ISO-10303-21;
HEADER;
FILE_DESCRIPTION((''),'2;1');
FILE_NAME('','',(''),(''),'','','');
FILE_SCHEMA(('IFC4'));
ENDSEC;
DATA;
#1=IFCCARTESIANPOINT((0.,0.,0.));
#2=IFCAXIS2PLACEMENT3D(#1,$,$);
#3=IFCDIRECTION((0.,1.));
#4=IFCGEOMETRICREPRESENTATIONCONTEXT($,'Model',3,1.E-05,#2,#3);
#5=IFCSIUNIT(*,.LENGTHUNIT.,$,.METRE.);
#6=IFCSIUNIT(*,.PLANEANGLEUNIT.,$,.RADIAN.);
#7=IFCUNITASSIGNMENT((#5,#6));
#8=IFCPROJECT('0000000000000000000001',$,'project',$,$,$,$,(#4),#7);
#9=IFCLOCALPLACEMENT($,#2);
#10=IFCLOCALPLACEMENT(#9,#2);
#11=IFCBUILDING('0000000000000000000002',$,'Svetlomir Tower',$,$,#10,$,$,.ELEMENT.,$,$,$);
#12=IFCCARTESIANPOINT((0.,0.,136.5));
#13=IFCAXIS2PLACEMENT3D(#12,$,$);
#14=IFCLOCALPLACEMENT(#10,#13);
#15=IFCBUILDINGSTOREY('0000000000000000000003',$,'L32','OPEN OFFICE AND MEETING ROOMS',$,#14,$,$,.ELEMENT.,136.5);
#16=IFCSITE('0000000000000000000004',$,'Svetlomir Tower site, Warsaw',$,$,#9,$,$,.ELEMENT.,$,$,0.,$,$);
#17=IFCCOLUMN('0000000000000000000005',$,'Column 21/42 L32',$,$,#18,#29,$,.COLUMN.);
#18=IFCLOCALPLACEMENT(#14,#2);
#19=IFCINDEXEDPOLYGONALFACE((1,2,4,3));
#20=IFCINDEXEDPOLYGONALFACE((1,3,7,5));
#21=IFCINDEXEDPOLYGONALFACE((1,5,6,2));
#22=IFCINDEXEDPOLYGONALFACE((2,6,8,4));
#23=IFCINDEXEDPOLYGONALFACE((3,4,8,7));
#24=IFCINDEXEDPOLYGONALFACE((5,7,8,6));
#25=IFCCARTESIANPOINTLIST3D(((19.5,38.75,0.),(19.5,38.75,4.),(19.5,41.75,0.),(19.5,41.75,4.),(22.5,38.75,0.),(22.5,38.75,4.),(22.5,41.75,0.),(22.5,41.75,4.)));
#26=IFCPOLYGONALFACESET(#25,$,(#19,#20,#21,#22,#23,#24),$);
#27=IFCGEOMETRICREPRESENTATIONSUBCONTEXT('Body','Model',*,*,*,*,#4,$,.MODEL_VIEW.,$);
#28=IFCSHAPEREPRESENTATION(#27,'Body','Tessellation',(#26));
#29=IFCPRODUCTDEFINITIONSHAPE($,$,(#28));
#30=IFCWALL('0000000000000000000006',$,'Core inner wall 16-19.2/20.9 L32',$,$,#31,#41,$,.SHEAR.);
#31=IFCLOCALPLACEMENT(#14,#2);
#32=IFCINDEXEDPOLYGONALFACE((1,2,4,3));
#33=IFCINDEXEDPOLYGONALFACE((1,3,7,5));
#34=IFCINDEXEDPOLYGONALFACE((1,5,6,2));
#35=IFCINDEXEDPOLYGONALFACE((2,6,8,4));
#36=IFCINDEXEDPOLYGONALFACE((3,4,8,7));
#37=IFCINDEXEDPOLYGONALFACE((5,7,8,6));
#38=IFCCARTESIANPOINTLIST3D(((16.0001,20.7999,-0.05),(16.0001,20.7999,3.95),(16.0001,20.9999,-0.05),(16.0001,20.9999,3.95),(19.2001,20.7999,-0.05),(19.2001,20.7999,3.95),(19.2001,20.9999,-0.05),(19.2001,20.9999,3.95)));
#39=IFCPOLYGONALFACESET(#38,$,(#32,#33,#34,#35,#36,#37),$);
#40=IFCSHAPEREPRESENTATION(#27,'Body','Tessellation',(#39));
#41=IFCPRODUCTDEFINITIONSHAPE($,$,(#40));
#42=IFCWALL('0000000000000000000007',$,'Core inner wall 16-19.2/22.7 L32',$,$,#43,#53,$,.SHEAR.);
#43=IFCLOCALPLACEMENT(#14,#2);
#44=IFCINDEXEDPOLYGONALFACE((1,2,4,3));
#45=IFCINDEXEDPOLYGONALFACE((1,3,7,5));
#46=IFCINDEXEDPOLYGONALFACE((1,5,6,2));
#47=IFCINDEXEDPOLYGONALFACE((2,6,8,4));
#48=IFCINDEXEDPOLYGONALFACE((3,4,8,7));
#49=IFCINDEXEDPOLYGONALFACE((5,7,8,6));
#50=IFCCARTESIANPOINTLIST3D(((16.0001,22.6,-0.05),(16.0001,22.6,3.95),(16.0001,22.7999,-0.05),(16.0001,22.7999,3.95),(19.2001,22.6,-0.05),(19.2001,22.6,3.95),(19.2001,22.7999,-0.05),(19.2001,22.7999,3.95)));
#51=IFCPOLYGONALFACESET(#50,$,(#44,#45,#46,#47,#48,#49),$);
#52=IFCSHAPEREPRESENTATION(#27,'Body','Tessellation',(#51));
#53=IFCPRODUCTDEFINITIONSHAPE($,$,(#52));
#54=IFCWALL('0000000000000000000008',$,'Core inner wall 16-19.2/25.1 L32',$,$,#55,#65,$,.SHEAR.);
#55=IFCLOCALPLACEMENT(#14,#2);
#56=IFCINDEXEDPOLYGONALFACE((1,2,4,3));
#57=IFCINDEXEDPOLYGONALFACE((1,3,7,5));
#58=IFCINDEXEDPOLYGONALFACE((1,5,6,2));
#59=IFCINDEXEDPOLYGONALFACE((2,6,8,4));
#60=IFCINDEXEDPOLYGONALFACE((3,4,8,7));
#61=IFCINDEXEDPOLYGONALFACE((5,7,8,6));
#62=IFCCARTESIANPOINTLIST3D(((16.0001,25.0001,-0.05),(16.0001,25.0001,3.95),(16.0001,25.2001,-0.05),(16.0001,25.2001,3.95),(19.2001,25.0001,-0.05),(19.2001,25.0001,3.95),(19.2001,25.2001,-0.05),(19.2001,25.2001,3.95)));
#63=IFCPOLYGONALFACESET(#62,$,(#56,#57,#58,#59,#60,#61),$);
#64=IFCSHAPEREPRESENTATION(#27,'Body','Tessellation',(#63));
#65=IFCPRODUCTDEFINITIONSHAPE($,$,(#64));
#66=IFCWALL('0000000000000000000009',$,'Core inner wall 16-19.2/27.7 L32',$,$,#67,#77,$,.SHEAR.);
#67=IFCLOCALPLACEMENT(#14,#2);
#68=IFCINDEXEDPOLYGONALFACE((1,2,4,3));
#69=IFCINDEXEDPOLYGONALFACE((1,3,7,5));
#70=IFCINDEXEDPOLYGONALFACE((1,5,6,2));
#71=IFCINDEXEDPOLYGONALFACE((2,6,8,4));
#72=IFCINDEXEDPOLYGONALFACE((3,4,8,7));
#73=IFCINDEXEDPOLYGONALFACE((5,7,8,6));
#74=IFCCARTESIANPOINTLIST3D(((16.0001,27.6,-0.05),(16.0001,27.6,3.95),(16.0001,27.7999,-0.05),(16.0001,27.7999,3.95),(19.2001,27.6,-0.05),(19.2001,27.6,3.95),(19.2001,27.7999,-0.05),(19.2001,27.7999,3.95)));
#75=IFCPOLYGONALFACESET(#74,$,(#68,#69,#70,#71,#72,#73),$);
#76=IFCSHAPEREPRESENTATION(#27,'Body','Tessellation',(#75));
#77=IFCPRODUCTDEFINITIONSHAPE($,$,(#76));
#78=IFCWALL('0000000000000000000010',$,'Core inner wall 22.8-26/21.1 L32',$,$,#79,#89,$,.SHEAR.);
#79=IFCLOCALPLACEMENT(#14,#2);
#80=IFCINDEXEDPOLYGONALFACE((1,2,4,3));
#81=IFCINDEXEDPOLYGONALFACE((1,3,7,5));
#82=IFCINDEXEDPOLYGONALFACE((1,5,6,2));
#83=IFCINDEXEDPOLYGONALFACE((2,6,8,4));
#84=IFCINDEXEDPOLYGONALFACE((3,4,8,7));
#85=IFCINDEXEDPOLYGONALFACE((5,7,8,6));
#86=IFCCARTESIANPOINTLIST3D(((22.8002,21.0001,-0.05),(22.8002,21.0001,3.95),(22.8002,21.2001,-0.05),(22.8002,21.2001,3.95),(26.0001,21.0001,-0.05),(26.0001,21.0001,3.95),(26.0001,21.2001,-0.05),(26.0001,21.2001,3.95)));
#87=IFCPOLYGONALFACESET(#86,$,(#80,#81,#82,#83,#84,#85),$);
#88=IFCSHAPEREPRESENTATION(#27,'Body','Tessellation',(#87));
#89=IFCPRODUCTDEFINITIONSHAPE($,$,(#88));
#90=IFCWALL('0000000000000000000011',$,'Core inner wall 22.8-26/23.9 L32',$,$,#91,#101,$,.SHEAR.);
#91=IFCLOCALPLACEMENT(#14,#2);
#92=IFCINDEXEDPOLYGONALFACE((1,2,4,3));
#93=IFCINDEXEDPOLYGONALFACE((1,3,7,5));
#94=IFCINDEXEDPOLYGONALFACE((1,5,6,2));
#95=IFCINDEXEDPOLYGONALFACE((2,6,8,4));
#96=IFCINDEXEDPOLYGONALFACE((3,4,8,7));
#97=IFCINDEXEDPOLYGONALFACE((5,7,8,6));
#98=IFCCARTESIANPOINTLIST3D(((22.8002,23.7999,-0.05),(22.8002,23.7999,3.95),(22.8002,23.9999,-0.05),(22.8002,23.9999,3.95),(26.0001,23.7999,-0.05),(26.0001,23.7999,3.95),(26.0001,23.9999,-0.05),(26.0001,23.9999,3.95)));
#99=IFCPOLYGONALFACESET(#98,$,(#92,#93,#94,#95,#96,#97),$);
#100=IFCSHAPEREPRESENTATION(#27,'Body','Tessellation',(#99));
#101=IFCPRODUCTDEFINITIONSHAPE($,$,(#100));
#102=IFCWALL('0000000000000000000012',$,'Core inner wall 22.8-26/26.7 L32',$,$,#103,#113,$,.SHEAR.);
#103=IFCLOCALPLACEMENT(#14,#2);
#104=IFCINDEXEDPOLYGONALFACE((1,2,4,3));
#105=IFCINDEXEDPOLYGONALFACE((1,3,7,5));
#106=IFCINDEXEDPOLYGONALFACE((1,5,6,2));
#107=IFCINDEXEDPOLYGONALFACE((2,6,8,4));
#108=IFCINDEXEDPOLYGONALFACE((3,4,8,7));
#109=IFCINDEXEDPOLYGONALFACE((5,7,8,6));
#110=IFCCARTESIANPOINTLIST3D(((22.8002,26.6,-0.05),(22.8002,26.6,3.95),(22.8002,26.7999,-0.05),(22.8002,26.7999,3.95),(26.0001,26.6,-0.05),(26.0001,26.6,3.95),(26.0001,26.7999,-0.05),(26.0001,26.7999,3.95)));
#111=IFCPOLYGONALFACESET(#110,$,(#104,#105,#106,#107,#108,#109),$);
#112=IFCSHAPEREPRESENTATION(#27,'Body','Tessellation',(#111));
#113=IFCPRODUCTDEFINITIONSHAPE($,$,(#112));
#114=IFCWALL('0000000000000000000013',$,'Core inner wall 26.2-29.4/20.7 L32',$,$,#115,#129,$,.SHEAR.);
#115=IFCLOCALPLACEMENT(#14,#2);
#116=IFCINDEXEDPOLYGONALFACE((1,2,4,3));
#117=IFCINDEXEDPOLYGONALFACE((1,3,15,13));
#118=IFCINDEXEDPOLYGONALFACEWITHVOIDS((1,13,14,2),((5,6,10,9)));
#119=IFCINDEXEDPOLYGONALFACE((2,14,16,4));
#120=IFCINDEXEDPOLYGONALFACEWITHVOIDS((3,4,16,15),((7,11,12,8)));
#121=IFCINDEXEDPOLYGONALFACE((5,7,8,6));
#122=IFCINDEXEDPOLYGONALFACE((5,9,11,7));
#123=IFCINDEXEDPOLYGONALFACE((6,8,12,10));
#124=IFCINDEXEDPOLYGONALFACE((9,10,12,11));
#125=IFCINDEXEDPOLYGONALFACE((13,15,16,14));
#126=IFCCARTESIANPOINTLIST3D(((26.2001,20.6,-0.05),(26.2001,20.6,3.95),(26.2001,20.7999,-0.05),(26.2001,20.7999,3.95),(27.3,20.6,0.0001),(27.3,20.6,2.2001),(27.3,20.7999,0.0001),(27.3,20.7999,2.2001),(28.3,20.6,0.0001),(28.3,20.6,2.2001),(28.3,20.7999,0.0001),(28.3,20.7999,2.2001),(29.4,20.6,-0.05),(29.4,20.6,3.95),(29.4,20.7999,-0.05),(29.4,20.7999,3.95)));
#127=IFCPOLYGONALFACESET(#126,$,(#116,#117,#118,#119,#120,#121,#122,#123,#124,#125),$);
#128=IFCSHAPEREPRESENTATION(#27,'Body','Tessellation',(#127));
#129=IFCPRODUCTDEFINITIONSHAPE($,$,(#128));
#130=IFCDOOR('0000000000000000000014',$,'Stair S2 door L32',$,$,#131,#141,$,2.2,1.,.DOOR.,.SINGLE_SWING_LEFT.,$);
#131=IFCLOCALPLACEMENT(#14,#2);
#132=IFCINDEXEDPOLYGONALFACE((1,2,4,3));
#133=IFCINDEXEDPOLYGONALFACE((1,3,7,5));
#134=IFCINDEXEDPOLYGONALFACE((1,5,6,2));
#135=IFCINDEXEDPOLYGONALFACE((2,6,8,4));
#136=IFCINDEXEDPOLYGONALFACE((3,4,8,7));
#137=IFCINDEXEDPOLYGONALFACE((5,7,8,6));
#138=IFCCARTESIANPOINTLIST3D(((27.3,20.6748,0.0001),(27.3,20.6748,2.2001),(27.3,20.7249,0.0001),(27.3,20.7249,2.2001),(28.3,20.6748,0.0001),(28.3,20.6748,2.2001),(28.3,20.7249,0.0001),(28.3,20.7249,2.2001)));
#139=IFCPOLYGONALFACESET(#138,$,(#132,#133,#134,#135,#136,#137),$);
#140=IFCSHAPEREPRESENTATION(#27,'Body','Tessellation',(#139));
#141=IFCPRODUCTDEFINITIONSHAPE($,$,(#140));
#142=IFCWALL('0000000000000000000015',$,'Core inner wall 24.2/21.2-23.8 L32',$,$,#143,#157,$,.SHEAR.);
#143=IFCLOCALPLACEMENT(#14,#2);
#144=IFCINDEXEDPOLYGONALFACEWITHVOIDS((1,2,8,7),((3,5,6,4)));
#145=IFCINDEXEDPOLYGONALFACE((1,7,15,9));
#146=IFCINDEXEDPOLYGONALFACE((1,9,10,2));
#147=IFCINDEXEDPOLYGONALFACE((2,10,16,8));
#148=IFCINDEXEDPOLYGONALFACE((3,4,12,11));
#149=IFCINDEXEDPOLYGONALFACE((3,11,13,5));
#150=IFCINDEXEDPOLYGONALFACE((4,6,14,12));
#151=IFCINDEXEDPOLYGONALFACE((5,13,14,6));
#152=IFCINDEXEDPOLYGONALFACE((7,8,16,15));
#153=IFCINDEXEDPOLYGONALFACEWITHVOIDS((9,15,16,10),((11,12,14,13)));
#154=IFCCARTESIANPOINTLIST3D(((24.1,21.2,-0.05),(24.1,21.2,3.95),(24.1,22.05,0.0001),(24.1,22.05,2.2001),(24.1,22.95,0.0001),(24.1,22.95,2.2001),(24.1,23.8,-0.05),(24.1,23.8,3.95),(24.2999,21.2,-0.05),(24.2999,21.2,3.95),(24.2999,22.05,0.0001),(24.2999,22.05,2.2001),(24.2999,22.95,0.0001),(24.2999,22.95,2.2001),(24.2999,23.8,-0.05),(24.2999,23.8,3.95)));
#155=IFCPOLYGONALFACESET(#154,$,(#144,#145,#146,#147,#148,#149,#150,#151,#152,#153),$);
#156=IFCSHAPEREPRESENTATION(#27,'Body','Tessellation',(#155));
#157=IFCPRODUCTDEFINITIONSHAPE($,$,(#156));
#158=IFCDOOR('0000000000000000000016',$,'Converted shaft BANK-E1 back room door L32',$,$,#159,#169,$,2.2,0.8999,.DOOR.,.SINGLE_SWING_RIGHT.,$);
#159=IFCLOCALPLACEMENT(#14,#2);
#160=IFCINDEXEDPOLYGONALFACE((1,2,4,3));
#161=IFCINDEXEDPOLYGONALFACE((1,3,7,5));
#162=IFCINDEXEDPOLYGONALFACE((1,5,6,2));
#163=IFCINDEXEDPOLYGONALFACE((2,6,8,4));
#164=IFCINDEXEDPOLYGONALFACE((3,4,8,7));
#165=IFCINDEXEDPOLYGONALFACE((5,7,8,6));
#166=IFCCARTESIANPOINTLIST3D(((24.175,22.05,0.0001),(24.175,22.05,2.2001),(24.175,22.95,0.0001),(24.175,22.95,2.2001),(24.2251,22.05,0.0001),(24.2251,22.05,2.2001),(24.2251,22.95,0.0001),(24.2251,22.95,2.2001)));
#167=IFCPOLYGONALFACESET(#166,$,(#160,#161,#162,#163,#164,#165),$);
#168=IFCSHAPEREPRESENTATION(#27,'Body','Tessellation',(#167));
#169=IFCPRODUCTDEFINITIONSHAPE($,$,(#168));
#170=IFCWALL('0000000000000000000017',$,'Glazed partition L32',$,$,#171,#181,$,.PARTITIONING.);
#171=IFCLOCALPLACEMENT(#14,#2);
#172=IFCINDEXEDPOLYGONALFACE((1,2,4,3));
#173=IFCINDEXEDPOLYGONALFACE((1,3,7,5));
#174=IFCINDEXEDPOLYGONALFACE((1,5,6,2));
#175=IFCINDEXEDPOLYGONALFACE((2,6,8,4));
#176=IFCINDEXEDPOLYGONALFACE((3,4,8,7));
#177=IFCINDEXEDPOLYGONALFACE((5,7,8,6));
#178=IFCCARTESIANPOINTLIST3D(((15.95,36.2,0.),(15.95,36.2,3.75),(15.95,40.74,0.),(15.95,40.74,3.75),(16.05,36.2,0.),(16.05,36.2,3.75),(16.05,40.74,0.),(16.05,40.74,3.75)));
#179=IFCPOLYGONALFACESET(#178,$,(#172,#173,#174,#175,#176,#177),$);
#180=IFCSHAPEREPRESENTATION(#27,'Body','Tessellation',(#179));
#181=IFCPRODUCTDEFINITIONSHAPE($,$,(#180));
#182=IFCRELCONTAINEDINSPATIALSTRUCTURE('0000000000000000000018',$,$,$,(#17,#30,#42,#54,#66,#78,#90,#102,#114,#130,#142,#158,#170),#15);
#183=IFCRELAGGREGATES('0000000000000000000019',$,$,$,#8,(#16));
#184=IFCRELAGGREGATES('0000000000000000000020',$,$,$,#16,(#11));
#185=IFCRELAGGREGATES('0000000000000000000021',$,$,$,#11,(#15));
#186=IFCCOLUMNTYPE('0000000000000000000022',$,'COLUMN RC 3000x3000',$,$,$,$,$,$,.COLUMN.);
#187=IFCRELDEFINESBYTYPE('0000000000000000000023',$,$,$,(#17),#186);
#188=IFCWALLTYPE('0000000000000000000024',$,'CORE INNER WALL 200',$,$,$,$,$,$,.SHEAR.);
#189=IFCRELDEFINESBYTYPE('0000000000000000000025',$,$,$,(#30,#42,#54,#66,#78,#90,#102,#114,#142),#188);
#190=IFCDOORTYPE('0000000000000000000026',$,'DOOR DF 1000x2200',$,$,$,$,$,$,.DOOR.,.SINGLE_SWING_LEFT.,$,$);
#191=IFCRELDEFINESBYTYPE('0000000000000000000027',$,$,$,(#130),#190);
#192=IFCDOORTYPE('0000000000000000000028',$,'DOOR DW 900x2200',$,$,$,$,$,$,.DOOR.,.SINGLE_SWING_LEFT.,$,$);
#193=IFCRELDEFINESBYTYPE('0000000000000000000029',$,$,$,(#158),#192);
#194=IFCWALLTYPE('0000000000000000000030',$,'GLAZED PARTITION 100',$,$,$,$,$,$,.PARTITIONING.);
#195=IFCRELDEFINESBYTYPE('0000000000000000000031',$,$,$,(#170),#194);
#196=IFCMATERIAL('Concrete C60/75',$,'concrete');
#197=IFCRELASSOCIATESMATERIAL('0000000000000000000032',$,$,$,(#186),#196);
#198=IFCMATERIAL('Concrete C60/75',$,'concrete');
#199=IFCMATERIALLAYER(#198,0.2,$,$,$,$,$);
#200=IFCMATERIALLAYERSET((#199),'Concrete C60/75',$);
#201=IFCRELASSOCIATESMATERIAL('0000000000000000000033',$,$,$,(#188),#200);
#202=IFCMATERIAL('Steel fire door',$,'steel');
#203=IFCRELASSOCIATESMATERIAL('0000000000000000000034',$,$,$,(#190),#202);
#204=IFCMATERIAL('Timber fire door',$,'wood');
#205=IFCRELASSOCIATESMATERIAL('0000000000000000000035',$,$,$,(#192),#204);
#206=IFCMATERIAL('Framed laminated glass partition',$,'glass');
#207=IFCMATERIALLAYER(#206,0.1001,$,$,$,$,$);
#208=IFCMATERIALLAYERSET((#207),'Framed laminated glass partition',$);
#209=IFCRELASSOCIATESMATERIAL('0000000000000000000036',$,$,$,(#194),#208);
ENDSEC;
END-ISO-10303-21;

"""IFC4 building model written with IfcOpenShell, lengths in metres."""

from ifc_helpers import new_model, si_unit, direction, frame, frame_2d, origin, origin_2d, place, context, subcontext, project, spatial, rectangle, extrude, material, layer, layer_set, material_profile, profile_set, type_object, element, fill, save


model = new_model("IFC4")

# Units and contexts
model_context = context("Model", 3, precision=1e-05, world=origin(), true_north=direction((0.0, 1.0)))
body_context = subcontext(model_context, "Body", "Model", "MODEL_VIEW")
ifc_project = project(units=[si_unit("LENGTHUNIT", "METRE"), si_unit("PLANEANGLEUNIT", "RADIAN")], contexts=[model_context])

# Site, building, storey
site_placement = place(None, origin())
site = spatial("IfcSite", under=ifc_project, at=site_placement, Name="Svetlomir Tower site, Warsaw", CompositionType="ELEMENT", RefElevation=0.0)
building_placement = place(site_placement, origin())
building = spatial("IfcBuilding", under=site, at=building_placement, Name="Svetlomir Tower", CompositionType="ELEMENT")
storey_placement = place(building_placement, frame((0.0, 0.0, 136.5)))
storey = spatial("IfcBuildingStorey", under=building, at=storey_placement, Name="L32", Description="OPEN OFFICE AND MEETING ROOMS", CompositionType="ELEMENT", Elevation=136.5)

# Column
ifc_material_1 = material(Name="Concrete C60/75", Category="concrete")
ifc_material_profile = material_profile(ifc_material_1, rectangle(XDim=3.0, YDim=3.0, at=origin_2d()), Name="RC 3000x3000")
ifc_profile_set = profile_set([ifc_material_profile], Name="Concrete C60/75")
column_type = type_object("IfcColumnType", Name="COLUMN RC 3000x3000", PredefinedType="COLUMN", material=ifc_profile_set)
column_placement = place(storey_placement, frame((21.0, 40.25, 0.0), z_axis=(0.0, 0.0, 1.0), x_axis=(1.0, 0.0, 0.0)))
element("IfcColumn", 1, at=column_placement, inside=storey, type_object=column_type, Name="Column 21/42 L32", PredefinedType="COLUMN", context=body_context, shape_type="SweptSolid", body=[
    extrude(rectangle(XDim=3.0, YDim=3.0, at=origin_2d()), origin(), (0.0, 0.0, 1.0), 4.0),
])

# Walls
ifc_material_2 = material(Name="Concrete C60/75", Category="concrete")
ifc_layer_1 = layer(ifc_material_2, 0.2)
ifc_layer_set_1 = layer_set([ifc_layer_1], Name="Concrete C60/75")
wall_type_1 = type_object("IfcWallType", Name="CORE INNER WALL 200", PredefinedType="SHEAR", material=ifc_layer_set_1)
for number, where, z_axis, x_axis, name in (
    (2, (16.0, 20.8999, -0.05), (0.0, 0.0, 1.0), (1.0, 0.0, 0.0), "Core inner wall 16-19.2/20.9 L32"),
    (3, (16.0, 22.7, -0.05), (0.0, 0.0, 1.0), (1.0, 0.0, 0.0), "Core inner wall 16-19.2/22.7 L32"),
    (4, (16.0, 25.1001, -0.05), (0.0, 0.0, 1.0), (1.0, 0.0, 0.0), "Core inner wall 16-19.2/25.1 L32"),
    (5, (16.0, 27.7, -0.05), (0.0, 0.0, 1.0), (1.0, 0.0, 0.0), "Core inner wall 16-19.2/27.7 L32"),
    (6, (22.8, 21.1001, -0.05), (0.0, 0.0, 1.0), (1.0, 0.0, 0.0), "Core inner wall 22.8-26/21.1 L32"),
    (7, (22.8, 23.8999, -0.05), (0.0, 0.0, 1.0), (1.0, 0.0, 0.0), "Core inner wall 22.8-26/23.9 L32"),
    (8, (22.8, 26.7, -0.05), (0.0, 0.0, 1.0), (1.0, 0.0, 0.0), "Core inner wall 22.8-26/26.7 L32"),
):
    element("IfcWall", number, at=place(storey_placement, frame(where, z_axis=z_axis, x_axis=x_axis)), inside=storey, type_object=wall_type_1, Name=name, PredefinedType="SHEAR", context=body_context, shape_type="SweptSolid", body=[
        extrude(rectangle(XDim=3.2, YDim=0.2, at=frame_2d((1.6001, 0.0))), origin(), (0.0, 0.0, 1.0), 4.0),
    ])

# Walls, openings, doors
wall_1_placement = place(storey_placement, frame((26.2, 20.7, -0.05), z_axis=(0.0, 0.0, 1.0), x_axis=(1.0, 0.0, 0.0)))
wall_1 = element("IfcWall", 9, at=wall_1_placement, inside=storey, type_object=wall_type_1, Name="Core inner wall 26.2-29.4/20.7 L32", PredefinedType="SHEAR", context=body_context, shape_type="SweptSolid", body=[
    extrude(rectangle(XDim=3.2, YDim=0.2, at=frame_2d((1.6001, 0.0))), origin(), (0.0, 0.0, 1.0), 4.0),
])
opening_1_placement = place(wall_1_placement, frame((1.1001, 0.0, 0.05)))
opening_1 = element("IfcOpeningElement", 10, at=opening_1_placement, cuts=wall_1, PredefinedType="OPENING", context=body_context, shape_type="SweptSolid", body=[
    extrude(rectangle(XDim=1.0, YDim=2.2, at=frame_2d((0.5, 1.1001))), frame((0.0, 0.1099, 0.0), z_axis=(0.0, -1.0, 0.0), x_axis=(1.0, 0.0, 0.0)), (0.0, 0.0, 1.0), 0.22),
])
ifc_material_3 = material(Name="Steel fire door", Category="steel")
door_type_1 = type_object("IfcDoorType", Name="DOOR DF 1000x2200", OperationType="SINGLE_SWING_LEFT", PredefinedType="DOOR", material=ifc_material_3)
door_1_placement = place(opening_1_placement, origin())
door_1 = element("IfcDoor", 11, at=door_1_placement, inside=storey, type_object=door_type_1, Name="Stair S2 door L32", OperationType="SINGLE_SWING_LEFT", OverallHeight=2.2, OverallWidth=1.0, PredefinedType="DOOR", context=body_context, shape_type="SweptSolid", body=[
    extrude(rectangle(XDim=1.0, YDim=2.2, at=frame_2d((0.5, 1.1001))), frame((0.0, 0.0249, 0.0), z_axis=(0.0, -1.0, 0.0), x_axis=(1.0, 0.0, 0.0)), (0.0, 0.0, 1.0), 0.05),
])
fill(opening_1, door_1)
wall_2_placement = place(storey_placement, frame((24.2, 21.2, -0.05), z_axis=(0.0, 0.0, 1.0), x_axis=(0.0, 1.0, 0.0)))
wall_2 = element("IfcWall", 12, at=wall_2_placement, inside=storey, type_object=wall_type_1, Name="Core inner wall 24.2/21.2-23.8 L32", PredefinedType="SHEAR", context=body_context, shape_type="SweptSolid", body=[
    extrude(rectangle(XDim=2.6001, YDim=0.2, at=frame_2d((1.3, 0.0))), origin(), (0.0, 0.0, 1.0), 4.0),
])
opening_2_placement = place(wall_2_placement, frame((0.8501, 0.0, 0.05)))
opening_2 = element("IfcOpeningElement", 13, at=opening_2_placement, cuts=wall_2, PredefinedType="OPENING", context=body_context, shape_type="SweptSolid", body=[
    extrude(rectangle(XDim=0.8999, YDim=2.2, at=frame_2d((0.45, 1.1001))), frame((0.0, 0.1099, 0.0), z_axis=(0.0, -1.0, 0.0), x_axis=(1.0, 0.0, 0.0)), (0.0, 0.0, 1.0), 0.22),
])
ifc_material_4 = material(Name="Timber fire door", Category="wood")
door_type_2 = type_object("IfcDoorType", Name="DOOR DW 900x2200", OperationType="SINGLE_SWING_LEFT", PredefinedType="DOOR", material=ifc_material_4)
door_2_placement = place(opening_2_placement, origin())
door_2 = element("IfcDoor", 14, at=door_2_placement, inside=storey, type_object=door_type_2, Name="Converted shaft BANK-E1 back room door L32", OperationType="SINGLE_SWING_RIGHT", OverallHeight=2.2, OverallWidth=0.8999, PredefinedType="DOOR", context=body_context, shape_type="SweptSolid", body=[
    extrude(rectangle(XDim=0.8999, YDim=2.2, at=frame_2d((0.45, 1.1001))), frame((0.0, 0.0249, 0.0), z_axis=(0.0, -1.0, 0.0), x_axis=(1.0, 0.0, 0.0)), (0.0, 0.0, 1.0), 0.05),
])
fill(opening_2, door_2)

# Wall
ifc_material_5 = material(Name="Framed laminated glass partition", Category="glass")
ifc_layer_2 = layer(ifc_material_5, 0.1001)
ifc_layer_set_2 = layer_set([ifc_layer_2], Name="Framed laminated glass partition")
wall_type_2 = type_object("IfcWallType", Name="GLAZED PARTITION 100", PredefinedType="PARTITIONING", material=ifc_layer_set_2)
wall_3_placement = place(storey_placement, frame((16.0, 36.2, 0.0), z_axis=(0.0, 0.0, 1.0), x_axis=(0.0, 1.0, 0.0)))
element("IfcWall", 15, at=wall_3_placement, inside=storey, type_object=wall_type_2, Name="Glazed partition L32", PredefinedType="PARTITIONING", context=body_context, shape_type="SweptSolid", body=[
    extrude(rectangle(XDim=4.54, YDim=0.1001, at=frame_2d((2.27, 0.0))), origin(), (0.0, 0.0, 1.0), 3.75),
])

save(model, "model.ifc")
